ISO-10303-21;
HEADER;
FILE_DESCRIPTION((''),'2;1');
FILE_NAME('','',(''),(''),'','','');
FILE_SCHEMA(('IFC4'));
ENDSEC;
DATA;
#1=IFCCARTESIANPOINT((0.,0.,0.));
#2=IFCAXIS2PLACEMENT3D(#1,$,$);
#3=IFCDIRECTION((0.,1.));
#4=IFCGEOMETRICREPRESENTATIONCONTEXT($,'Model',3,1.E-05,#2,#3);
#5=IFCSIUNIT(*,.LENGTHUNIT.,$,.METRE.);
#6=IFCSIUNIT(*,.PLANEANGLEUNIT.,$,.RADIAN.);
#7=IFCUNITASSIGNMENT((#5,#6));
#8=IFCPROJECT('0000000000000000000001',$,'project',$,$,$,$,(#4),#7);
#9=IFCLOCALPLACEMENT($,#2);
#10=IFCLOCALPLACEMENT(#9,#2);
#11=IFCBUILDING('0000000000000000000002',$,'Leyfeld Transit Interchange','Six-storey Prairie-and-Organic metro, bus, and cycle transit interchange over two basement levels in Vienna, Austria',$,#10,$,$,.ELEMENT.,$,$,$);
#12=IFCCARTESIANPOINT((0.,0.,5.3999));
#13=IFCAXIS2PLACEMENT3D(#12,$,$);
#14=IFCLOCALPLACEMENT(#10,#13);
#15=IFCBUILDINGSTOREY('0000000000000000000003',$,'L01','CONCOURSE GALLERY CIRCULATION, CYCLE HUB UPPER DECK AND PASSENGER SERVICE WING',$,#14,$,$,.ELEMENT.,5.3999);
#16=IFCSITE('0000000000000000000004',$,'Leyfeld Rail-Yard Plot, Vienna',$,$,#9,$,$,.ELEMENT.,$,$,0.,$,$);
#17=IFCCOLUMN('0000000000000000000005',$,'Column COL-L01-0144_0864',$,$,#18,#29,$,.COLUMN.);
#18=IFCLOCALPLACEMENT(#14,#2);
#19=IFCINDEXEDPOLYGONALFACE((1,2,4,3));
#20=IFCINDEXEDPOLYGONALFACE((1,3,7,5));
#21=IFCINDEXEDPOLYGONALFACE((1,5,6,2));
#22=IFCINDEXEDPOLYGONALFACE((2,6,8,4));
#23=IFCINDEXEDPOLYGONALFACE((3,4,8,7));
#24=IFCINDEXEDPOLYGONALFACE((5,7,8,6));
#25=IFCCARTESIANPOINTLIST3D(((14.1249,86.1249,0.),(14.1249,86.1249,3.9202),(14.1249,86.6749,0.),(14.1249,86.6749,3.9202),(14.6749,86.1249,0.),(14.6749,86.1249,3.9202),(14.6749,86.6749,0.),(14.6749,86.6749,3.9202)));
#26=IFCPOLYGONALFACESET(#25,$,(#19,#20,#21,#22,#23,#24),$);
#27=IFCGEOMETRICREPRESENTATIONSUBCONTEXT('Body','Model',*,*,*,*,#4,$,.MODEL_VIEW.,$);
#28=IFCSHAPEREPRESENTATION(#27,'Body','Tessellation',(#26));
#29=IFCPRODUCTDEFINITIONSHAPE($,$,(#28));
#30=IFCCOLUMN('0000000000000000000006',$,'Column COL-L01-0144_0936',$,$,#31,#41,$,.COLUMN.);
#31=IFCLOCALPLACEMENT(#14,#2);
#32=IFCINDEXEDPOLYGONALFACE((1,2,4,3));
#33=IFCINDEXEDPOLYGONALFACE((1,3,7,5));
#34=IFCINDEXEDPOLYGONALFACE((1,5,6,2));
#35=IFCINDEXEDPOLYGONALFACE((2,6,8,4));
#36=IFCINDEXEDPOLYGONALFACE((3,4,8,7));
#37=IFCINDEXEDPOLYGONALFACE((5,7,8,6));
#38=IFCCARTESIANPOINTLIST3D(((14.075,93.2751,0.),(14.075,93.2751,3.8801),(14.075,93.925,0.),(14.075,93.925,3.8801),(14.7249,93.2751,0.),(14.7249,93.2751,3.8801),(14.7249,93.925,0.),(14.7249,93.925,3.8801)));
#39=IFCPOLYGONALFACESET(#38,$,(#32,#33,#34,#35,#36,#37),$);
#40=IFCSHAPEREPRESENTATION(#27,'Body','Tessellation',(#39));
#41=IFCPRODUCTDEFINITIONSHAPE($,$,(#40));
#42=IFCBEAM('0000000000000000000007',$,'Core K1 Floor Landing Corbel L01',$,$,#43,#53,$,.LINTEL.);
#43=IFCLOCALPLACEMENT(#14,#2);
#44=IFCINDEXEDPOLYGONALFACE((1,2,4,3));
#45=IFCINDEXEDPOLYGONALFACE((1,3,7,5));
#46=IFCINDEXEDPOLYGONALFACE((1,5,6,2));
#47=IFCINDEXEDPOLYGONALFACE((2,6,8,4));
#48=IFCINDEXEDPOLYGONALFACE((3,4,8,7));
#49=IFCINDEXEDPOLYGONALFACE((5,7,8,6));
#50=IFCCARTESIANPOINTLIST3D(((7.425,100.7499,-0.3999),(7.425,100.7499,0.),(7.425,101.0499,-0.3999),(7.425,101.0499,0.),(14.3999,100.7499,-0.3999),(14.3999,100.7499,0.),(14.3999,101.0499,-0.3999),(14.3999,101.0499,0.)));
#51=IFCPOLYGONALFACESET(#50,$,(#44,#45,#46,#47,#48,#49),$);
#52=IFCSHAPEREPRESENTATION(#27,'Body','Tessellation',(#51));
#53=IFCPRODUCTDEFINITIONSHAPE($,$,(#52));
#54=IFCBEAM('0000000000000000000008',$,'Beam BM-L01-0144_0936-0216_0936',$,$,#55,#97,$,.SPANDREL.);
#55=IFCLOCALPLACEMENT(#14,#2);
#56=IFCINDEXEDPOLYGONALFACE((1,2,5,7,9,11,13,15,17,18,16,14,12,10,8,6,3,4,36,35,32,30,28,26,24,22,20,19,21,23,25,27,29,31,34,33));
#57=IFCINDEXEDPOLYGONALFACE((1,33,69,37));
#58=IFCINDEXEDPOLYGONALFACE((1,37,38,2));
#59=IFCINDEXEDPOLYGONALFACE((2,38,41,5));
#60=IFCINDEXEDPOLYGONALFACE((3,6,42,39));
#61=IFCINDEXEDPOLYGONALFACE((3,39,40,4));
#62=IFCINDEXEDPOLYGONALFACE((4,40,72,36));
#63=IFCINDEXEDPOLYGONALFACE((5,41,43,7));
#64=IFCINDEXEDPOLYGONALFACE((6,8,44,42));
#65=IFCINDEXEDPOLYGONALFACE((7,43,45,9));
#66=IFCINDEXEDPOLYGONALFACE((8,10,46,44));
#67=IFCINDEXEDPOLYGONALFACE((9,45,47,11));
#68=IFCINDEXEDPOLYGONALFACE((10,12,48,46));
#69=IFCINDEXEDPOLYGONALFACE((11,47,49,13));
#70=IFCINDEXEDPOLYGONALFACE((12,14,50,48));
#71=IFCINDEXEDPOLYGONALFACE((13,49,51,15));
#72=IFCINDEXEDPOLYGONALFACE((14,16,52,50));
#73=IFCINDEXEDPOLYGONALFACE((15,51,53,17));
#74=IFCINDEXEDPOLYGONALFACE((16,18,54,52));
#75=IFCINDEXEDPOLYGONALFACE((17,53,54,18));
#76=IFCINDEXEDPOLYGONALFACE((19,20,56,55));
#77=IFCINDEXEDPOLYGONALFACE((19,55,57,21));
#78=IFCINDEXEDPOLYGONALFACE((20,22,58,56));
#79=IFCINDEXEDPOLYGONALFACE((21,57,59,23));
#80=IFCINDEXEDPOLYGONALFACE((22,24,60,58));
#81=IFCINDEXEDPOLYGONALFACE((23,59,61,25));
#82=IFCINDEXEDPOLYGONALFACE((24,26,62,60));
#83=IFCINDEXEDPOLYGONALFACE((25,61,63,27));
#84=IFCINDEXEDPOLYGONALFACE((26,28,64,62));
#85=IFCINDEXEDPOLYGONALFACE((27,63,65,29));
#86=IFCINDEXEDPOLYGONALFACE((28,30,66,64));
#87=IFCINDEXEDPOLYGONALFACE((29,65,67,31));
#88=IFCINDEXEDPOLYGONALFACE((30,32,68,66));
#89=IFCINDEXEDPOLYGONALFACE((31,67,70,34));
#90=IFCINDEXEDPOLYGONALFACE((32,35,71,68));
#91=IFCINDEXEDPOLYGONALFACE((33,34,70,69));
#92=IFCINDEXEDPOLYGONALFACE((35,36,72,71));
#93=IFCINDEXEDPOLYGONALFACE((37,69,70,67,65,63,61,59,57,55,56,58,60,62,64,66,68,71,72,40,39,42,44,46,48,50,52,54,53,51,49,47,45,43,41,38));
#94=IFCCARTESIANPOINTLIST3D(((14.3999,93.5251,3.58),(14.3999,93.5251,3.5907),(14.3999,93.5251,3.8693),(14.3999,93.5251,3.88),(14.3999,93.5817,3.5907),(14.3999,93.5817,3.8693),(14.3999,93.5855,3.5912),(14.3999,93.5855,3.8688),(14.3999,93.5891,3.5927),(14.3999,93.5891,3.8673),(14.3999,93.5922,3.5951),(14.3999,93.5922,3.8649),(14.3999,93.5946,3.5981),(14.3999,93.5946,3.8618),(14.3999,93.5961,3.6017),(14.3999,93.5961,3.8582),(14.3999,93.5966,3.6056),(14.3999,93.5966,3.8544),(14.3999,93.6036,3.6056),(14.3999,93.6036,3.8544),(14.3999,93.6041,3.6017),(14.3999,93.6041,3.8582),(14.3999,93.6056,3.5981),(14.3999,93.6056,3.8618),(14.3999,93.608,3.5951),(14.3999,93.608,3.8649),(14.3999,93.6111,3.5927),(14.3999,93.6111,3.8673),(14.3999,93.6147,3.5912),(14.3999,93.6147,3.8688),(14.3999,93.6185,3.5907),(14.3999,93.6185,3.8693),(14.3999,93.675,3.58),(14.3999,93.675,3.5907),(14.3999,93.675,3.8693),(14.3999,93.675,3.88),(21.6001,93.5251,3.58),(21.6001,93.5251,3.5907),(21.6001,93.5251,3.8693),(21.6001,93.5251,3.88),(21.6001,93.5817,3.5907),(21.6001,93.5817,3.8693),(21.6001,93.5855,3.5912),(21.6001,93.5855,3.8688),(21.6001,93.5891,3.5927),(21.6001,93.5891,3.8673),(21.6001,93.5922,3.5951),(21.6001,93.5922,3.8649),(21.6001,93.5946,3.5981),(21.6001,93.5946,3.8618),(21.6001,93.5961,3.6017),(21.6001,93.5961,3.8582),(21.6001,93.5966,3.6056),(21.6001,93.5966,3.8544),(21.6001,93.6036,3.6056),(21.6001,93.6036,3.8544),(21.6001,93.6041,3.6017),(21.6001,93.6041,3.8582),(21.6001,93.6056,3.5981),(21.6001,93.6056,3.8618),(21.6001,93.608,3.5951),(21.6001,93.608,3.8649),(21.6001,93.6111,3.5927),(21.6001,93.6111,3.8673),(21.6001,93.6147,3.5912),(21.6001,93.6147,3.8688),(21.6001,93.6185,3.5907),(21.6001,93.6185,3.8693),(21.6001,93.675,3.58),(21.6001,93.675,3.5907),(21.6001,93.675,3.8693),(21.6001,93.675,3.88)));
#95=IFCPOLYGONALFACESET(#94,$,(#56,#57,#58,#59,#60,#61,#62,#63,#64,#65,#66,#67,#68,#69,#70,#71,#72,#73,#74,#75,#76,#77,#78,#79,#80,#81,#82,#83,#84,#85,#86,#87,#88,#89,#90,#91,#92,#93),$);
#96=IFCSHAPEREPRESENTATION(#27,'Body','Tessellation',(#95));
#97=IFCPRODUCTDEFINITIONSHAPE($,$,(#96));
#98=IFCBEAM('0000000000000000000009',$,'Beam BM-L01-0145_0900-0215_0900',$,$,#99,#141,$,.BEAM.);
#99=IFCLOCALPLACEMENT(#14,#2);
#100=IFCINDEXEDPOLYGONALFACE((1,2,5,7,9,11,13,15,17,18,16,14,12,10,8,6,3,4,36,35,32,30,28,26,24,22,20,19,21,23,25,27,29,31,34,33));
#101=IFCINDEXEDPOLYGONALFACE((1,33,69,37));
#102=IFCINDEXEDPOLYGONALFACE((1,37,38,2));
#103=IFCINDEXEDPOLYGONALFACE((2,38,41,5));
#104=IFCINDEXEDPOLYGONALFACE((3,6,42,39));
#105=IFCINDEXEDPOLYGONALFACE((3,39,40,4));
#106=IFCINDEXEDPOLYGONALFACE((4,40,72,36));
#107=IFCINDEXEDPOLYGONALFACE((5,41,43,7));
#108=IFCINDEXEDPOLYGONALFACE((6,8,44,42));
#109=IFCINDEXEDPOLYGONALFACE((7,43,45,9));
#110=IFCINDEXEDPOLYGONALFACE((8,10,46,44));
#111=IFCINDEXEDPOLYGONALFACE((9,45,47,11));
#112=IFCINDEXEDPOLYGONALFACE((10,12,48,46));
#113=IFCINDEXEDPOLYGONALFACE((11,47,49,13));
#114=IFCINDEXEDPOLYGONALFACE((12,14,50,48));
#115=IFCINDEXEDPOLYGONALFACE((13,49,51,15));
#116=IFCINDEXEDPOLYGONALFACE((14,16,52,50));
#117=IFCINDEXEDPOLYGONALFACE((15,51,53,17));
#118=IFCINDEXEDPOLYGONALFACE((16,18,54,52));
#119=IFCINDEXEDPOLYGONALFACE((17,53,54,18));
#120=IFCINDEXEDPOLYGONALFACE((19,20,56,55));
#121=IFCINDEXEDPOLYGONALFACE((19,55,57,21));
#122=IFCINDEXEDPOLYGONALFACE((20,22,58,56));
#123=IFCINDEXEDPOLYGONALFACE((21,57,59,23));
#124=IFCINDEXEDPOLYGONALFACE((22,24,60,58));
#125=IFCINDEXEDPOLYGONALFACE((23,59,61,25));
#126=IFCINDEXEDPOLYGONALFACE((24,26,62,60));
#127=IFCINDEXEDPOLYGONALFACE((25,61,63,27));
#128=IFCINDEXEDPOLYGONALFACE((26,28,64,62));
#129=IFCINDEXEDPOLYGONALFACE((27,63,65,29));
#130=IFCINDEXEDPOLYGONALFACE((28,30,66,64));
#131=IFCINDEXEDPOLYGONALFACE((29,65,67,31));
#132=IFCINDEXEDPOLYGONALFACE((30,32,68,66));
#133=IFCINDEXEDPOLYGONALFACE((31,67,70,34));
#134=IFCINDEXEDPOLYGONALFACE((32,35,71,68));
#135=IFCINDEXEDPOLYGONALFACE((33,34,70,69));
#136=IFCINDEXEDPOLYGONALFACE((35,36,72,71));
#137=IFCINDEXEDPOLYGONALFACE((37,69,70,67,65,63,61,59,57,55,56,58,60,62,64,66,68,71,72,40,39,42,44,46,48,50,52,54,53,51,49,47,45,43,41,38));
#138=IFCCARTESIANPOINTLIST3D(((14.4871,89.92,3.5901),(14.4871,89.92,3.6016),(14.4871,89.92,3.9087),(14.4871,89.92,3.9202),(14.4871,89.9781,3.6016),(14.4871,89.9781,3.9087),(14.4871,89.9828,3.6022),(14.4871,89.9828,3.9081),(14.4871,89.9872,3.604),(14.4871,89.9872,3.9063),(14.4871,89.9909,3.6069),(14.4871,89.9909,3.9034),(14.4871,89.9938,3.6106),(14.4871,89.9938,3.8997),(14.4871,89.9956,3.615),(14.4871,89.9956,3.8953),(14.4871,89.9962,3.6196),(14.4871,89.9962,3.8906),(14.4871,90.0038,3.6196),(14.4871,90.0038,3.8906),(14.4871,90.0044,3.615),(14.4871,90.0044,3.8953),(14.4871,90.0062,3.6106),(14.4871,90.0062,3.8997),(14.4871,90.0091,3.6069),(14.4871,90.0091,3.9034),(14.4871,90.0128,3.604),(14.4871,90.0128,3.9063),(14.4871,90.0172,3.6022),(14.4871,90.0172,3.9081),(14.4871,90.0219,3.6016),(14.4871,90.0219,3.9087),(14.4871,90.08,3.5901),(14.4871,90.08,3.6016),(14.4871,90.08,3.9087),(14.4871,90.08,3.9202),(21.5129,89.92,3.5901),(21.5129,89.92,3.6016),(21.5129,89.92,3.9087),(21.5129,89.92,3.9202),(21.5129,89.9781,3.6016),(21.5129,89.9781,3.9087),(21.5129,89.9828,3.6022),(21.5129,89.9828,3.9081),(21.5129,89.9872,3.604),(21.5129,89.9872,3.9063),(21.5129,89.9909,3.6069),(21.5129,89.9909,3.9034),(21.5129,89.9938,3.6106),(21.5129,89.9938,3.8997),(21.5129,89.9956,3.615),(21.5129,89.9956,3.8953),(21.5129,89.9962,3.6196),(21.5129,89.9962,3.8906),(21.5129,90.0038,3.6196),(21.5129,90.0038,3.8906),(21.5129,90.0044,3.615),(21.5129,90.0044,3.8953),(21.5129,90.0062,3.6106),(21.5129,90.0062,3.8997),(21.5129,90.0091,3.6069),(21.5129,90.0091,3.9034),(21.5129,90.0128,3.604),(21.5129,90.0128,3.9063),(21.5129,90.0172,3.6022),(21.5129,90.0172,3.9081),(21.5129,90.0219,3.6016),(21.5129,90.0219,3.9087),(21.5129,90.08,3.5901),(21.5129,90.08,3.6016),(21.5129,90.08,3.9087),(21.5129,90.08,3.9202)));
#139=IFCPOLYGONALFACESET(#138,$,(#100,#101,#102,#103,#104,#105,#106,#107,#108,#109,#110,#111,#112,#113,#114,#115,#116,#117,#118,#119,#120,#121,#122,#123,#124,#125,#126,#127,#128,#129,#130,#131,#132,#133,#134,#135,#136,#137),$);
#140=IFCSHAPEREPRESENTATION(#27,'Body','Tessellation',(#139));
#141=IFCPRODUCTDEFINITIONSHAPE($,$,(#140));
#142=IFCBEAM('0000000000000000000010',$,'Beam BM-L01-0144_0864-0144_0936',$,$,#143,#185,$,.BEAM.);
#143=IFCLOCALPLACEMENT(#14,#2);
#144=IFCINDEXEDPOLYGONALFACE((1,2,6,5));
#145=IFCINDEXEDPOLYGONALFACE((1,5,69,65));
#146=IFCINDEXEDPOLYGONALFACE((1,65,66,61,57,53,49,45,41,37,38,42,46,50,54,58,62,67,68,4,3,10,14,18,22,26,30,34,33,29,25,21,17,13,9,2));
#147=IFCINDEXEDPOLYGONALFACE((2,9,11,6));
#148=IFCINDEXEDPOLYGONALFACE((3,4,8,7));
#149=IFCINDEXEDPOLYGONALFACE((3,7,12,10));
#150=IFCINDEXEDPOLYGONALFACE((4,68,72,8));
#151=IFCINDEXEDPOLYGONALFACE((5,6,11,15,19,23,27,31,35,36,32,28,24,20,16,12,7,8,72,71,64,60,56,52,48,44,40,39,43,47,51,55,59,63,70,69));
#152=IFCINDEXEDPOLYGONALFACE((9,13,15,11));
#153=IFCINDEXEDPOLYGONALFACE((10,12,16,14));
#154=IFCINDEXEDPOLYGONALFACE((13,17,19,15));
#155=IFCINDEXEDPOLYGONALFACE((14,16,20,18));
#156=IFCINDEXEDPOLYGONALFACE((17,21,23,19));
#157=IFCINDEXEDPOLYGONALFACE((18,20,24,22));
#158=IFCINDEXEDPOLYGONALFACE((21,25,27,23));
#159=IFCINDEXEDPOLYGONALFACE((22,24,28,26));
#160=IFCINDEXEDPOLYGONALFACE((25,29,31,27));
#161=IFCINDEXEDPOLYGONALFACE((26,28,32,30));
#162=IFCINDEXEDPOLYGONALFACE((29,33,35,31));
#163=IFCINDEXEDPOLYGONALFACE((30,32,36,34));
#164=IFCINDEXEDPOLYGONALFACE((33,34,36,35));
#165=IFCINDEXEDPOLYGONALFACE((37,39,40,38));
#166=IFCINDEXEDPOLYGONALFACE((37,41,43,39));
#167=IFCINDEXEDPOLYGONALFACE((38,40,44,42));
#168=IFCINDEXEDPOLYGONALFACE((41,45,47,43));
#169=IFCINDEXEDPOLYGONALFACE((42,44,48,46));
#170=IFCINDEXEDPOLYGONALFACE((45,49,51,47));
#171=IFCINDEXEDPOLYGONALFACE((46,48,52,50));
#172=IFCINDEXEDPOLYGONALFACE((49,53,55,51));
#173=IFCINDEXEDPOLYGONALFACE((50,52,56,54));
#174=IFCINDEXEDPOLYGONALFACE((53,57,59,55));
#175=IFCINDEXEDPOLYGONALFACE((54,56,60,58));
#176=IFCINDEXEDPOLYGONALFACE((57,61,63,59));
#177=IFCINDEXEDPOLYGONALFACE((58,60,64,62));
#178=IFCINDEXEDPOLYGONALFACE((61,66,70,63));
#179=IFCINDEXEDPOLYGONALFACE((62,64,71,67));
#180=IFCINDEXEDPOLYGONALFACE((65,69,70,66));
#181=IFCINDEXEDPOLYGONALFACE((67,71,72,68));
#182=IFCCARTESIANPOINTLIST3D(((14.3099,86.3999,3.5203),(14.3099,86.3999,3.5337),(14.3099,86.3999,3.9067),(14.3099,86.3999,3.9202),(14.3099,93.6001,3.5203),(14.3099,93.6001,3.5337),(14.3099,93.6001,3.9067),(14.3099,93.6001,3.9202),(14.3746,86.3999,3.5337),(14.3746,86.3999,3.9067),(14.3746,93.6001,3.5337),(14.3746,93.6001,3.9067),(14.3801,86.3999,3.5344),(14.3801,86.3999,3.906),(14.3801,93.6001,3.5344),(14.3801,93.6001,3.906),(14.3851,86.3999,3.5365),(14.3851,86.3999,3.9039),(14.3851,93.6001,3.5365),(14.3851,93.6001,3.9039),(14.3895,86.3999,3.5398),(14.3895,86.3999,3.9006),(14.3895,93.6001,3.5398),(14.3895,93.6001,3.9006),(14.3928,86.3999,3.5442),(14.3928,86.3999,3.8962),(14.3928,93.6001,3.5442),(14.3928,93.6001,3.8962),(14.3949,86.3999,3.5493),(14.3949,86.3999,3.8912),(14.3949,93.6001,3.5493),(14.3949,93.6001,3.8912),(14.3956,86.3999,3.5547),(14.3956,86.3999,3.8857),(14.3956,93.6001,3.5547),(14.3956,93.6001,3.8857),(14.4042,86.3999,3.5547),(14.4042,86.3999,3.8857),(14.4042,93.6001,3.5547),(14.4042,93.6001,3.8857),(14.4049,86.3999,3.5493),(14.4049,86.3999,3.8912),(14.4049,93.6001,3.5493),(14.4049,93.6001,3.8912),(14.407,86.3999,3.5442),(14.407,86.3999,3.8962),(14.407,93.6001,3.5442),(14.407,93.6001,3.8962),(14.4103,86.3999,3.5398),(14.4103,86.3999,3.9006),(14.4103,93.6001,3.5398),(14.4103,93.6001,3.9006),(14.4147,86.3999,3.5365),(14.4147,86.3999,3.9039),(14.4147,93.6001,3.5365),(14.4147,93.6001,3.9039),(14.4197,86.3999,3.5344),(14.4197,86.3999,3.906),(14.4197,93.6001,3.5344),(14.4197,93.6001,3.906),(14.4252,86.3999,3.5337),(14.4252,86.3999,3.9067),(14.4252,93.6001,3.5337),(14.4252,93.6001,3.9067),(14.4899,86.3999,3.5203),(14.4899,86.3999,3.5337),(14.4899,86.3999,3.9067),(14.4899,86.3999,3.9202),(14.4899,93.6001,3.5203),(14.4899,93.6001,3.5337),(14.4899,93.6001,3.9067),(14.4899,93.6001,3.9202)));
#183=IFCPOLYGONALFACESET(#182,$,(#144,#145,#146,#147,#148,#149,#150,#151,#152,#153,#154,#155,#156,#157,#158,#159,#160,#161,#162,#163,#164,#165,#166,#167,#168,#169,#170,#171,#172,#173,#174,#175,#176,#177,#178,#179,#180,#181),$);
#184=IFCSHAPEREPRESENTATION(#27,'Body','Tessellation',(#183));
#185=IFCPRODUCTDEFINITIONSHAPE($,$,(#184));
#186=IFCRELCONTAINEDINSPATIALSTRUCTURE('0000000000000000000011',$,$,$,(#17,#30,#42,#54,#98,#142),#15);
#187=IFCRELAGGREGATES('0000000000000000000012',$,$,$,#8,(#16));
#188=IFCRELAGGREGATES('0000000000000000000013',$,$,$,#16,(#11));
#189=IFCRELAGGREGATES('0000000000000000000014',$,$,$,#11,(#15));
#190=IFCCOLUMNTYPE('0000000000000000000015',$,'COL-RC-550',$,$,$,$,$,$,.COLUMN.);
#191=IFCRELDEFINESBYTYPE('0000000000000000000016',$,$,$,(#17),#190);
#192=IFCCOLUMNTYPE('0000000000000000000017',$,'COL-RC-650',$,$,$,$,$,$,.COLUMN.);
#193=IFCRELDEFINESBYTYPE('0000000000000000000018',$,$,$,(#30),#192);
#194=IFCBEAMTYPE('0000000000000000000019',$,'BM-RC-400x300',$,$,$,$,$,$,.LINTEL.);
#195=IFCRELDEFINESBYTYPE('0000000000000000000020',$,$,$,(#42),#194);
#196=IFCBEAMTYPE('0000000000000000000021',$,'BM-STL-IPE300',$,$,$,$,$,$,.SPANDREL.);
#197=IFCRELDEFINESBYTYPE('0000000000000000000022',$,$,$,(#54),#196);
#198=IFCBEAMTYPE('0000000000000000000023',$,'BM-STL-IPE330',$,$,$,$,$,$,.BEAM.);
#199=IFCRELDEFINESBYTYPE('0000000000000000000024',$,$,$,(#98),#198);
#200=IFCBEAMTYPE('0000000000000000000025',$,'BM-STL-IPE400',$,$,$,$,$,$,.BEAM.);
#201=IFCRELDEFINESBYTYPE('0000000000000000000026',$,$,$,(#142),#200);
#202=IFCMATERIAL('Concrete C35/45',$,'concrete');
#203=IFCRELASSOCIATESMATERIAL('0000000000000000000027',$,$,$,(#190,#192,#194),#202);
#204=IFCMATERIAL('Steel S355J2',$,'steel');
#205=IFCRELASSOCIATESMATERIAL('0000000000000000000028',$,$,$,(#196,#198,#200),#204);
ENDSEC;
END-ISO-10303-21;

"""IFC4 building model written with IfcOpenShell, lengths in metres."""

from ifc_helpers import new_model, si_unit, direction, frame, origin, origin_2d, place, context, subcontext, project, spatial, rectangle, i_section, extrude, material, material_profile, profile_set, type_object, element, save


model = new_model("IFC4")

# Units and contexts
model_context = context("Model", 3, precision=1e-05, world=origin(), true_north=direction((0.0, 1.0)))
body_context = subcontext(model_context, "Body", "Model", "MODEL_VIEW")
ifc_project = project(units=[si_unit("LENGTHUNIT", "METRE"), si_unit("PLANEANGLEUNIT", "RADIAN")], contexts=[model_context])

# Site, building, storey
site_placement = place(None, origin())
site = spatial("IfcSite", under=ifc_project, at=site_placement, Name="Leyfeld Rail-Yard Plot, Vienna", CompositionType="ELEMENT", RefElevation=0.0)
building_placement = place(site_placement, origin())
building = spatial("IfcBuilding", under=site, at=building_placement, Name="Leyfeld Transit Interchange", Description="Six-storey Prairie-and-Organic metro, bus, and cycle transit interchange over two basement levels in Vienna, Austria", CompositionType="ELEMENT")
storey_placement = place(building_placement, frame((0.0, 0.0, 5.3999)))
storey = spatial("IfcBuildingStorey", under=building, at=storey_placement, Name="L01", Description="CONCOURSE GALLERY CIRCULATION, CYCLE HUB UPPER DECK AND PASSENGER SERVICE WING", CompositionType="ELEMENT", Elevation=5.3999)

# Columns
ifc_material_1 = material(Name="Concrete C35/45", Category="concrete")
ifc_material_profile_1 = material_profile(ifc_material_1, rectangle(XDim=0.55, YDim=0.55, at=origin_2d()), Name="RC 550x550")
ifc_profile_set_1 = profile_set([ifc_material_profile_1], Name="Concrete C35/45")
column_type_1 = type_object("IfcColumnType", Name="COL-RC-550", PredefinedType="COLUMN", material=ifc_profile_set_1)
column_1_placement = place(storey_placement, frame((14.3999, 86.3999, 0.0), z_axis=(0.0, 0.0, 1.0), x_axis=(1.0, 0.0, 0.0)))
element("IfcColumn", 1, at=column_1_placement, inside=storey, type_object=column_type_1, Name="Column COL-L01-0144_0864", PredefinedType="COLUMN", context=body_context, shape_type="SweptSolid", body=[
    extrude(rectangle(XDim=0.55, YDim=0.55, at=origin_2d()), origin(), (0.0, 0.0, 1.0), 3.9202),
])
ifc_material_profile_2 = material_profile(ifc_material_1, rectangle(XDim=0.6499, YDim=0.6499, at=origin_2d()), Name="RC 650x650")
ifc_profile_set_2 = profile_set([ifc_material_profile_2], Name="Concrete C35/45")
column_type_2 = type_object("IfcColumnType", Name="COL-RC-650", PredefinedType="COLUMN", material=ifc_profile_set_2)
column_2_placement = place(storey_placement, frame((14.3999, 93.6001, 0.0), z_axis=(0.0, 0.0, 1.0), x_axis=(1.0, 0.0, 0.0)))
element("IfcColumn", 2, at=column_2_placement, inside=storey, type_object=column_type_2, Name="Column COL-L01-0144_0936", PredefinedType="COLUMN", context=body_context, shape_type="SweptSolid", body=[
    extrude(rectangle(XDim=0.6499, YDim=0.6499, at=origin_2d()), origin(), (0.0, 0.0, 1.0), 3.8801),
])

# Beams
ifc_material_profile_3 = material_profile(ifc_material_1, rectangle(XDim=0.3, YDim=0.3999, at=origin_2d()), Name="RC 400x300")
ifc_profile_set_3 = profile_set([ifc_material_profile_3], Name="Concrete C35/45")
beam_type_1 = type_object("IfcBeamType", Name="BM-RC-400x300", PredefinedType="LINTEL", material=ifc_profile_set_3)
beam_1_placement = place(storey_placement, frame((7.425, 100.8999, -0.2), z_axis=(1.0, 0.0, 0.0), x_axis=(0.0, 1.0, 0.0)))
element("IfcBeam", 3, at=beam_1_placement, inside=storey, type_object=beam_type_1, Name="Core K1 Floor Landing Corbel L01", PredefinedType="LINTEL", context=body_context, shape_type="SweptSolid", body=[
    extrude(rectangle(XDim=0.3, YDim=0.3999, at=origin_2d()), origin(), (0.0, 0.0, 1.0), 6.9749),
])
ifc_material_2 = material(Name="Steel S355J2", Category="steel")
ifc_material_profile_4 = material_profile(ifc_material_2, i_section(OverallWidth=0.1499, OverallDepth=0.3, WebThickness=0.0071, FlangeThickness=0.0107, FilletRadius=0.0149, at=origin_2d()), Name="IPE 300")
ifc_profile_set_4 = profile_set([ifc_material_profile_4], Name="Steel S355J2")
beam_type_2 = type_object("IfcBeamType", Name="BM-STL-IPE300", PredefinedType="SPANDREL", material=ifc_profile_set_4)
beam_2_placement = place(storey_placement, frame((14.3999, 93.6001, 3.73), z_axis=(1.0, 0.0, 0.0), x_axis=(0.0, 1.0, 0.0)))
element("IfcBeam", 4, at=beam_2_placement, inside=storey, type_object=beam_type_2, Name="Beam BM-L01-0144_0936-0216_0936", PredefinedType="SPANDREL", context=body_context, shape_type="SweptSolid", body=[
    extrude(i_section(OverallWidth=0.1499, OverallDepth=0.3, WebThickness=0.0071, FlangeThickness=0.0107, FilletRadius=0.0149, at=origin_2d()), origin(), (0.0, 0.0, 1.0), 7.2002),
])
ifc_material_profile_5 = material_profile(ifc_material_2, i_section(OverallWidth=0.1599, OverallDepth=0.3301, WebThickness=0.0076, FlangeThickness=0.0115, FilletRadius=0.0181, at=origin_2d()), Name="IPE 330")
ifc_profile_set_5 = profile_set([ifc_material_profile_5], Name="Steel S355J2")
beam_type_3 = type_object("IfcBeamType", Name="BM-STL-IPE330", PredefinedType="BEAM", material=ifc_profile_set_5)
beam_3_placement = place(storey_placement, frame((14.4871, 90.0, 3.7551), z_axis=(1.0, 0.0, 0.0), x_axis=(0.0, 1.0, 0.0)))
element("IfcBeam", 5, at=beam_3_placement, inside=storey, type_object=beam_type_3, Name="Beam BM-L01-0145_0900-0215_0900", PredefinedType="BEAM", context=body_context, shape_type="SweptSolid", body=[
    extrude(i_section(OverallWidth=0.1599, OverallDepth=0.3301, WebThickness=0.0076, FlangeThickness=0.0115, FilletRadius=0.0181, at=origin_2d()), origin(), (0.0, 0.0, 1.0), 7.0259),
])
ifc_material_profile_6 = material_profile(ifc_material_2, i_section(OverallWidth=0.1799, OverallDepth=0.3999, WebThickness=0.0085, FlangeThickness=0.0134, FilletRadius=0.021, at=origin_2d()), Name="IPE 400")
ifc_profile_set_6 = profile_set([ifc_material_profile_6], Name="Steel S355J2")
beam_type_4 = type_object("IfcBeamType", Name="BM-STL-IPE400", PredefinedType="BEAM", material=ifc_profile_set_6)
beam_4_placement = place(storey_placement, frame((14.3999, 86.3999, 3.7202), z_axis=(0.0, 1.0, 0.0), x_axis=(-1.0, 0.0, 0.0)))
element("IfcBeam", 6, at=beam_4_placement, inside=storey, type_object=beam_type_4, Name="Beam BM-L01-0144_0864-0144_0936", PredefinedType="BEAM", context=body_context, shape_type="SweptSolid", body=[
    extrude(i_section(OverallWidth=0.1799, OverallDepth=0.3999, WebThickness=0.0085, FlangeThickness=0.0134, FilletRadius=0.021, at=origin_2d()), origin(), (0.0, 0.0, 1.0), 7.2002),
])

save(model, "model.ifc")
